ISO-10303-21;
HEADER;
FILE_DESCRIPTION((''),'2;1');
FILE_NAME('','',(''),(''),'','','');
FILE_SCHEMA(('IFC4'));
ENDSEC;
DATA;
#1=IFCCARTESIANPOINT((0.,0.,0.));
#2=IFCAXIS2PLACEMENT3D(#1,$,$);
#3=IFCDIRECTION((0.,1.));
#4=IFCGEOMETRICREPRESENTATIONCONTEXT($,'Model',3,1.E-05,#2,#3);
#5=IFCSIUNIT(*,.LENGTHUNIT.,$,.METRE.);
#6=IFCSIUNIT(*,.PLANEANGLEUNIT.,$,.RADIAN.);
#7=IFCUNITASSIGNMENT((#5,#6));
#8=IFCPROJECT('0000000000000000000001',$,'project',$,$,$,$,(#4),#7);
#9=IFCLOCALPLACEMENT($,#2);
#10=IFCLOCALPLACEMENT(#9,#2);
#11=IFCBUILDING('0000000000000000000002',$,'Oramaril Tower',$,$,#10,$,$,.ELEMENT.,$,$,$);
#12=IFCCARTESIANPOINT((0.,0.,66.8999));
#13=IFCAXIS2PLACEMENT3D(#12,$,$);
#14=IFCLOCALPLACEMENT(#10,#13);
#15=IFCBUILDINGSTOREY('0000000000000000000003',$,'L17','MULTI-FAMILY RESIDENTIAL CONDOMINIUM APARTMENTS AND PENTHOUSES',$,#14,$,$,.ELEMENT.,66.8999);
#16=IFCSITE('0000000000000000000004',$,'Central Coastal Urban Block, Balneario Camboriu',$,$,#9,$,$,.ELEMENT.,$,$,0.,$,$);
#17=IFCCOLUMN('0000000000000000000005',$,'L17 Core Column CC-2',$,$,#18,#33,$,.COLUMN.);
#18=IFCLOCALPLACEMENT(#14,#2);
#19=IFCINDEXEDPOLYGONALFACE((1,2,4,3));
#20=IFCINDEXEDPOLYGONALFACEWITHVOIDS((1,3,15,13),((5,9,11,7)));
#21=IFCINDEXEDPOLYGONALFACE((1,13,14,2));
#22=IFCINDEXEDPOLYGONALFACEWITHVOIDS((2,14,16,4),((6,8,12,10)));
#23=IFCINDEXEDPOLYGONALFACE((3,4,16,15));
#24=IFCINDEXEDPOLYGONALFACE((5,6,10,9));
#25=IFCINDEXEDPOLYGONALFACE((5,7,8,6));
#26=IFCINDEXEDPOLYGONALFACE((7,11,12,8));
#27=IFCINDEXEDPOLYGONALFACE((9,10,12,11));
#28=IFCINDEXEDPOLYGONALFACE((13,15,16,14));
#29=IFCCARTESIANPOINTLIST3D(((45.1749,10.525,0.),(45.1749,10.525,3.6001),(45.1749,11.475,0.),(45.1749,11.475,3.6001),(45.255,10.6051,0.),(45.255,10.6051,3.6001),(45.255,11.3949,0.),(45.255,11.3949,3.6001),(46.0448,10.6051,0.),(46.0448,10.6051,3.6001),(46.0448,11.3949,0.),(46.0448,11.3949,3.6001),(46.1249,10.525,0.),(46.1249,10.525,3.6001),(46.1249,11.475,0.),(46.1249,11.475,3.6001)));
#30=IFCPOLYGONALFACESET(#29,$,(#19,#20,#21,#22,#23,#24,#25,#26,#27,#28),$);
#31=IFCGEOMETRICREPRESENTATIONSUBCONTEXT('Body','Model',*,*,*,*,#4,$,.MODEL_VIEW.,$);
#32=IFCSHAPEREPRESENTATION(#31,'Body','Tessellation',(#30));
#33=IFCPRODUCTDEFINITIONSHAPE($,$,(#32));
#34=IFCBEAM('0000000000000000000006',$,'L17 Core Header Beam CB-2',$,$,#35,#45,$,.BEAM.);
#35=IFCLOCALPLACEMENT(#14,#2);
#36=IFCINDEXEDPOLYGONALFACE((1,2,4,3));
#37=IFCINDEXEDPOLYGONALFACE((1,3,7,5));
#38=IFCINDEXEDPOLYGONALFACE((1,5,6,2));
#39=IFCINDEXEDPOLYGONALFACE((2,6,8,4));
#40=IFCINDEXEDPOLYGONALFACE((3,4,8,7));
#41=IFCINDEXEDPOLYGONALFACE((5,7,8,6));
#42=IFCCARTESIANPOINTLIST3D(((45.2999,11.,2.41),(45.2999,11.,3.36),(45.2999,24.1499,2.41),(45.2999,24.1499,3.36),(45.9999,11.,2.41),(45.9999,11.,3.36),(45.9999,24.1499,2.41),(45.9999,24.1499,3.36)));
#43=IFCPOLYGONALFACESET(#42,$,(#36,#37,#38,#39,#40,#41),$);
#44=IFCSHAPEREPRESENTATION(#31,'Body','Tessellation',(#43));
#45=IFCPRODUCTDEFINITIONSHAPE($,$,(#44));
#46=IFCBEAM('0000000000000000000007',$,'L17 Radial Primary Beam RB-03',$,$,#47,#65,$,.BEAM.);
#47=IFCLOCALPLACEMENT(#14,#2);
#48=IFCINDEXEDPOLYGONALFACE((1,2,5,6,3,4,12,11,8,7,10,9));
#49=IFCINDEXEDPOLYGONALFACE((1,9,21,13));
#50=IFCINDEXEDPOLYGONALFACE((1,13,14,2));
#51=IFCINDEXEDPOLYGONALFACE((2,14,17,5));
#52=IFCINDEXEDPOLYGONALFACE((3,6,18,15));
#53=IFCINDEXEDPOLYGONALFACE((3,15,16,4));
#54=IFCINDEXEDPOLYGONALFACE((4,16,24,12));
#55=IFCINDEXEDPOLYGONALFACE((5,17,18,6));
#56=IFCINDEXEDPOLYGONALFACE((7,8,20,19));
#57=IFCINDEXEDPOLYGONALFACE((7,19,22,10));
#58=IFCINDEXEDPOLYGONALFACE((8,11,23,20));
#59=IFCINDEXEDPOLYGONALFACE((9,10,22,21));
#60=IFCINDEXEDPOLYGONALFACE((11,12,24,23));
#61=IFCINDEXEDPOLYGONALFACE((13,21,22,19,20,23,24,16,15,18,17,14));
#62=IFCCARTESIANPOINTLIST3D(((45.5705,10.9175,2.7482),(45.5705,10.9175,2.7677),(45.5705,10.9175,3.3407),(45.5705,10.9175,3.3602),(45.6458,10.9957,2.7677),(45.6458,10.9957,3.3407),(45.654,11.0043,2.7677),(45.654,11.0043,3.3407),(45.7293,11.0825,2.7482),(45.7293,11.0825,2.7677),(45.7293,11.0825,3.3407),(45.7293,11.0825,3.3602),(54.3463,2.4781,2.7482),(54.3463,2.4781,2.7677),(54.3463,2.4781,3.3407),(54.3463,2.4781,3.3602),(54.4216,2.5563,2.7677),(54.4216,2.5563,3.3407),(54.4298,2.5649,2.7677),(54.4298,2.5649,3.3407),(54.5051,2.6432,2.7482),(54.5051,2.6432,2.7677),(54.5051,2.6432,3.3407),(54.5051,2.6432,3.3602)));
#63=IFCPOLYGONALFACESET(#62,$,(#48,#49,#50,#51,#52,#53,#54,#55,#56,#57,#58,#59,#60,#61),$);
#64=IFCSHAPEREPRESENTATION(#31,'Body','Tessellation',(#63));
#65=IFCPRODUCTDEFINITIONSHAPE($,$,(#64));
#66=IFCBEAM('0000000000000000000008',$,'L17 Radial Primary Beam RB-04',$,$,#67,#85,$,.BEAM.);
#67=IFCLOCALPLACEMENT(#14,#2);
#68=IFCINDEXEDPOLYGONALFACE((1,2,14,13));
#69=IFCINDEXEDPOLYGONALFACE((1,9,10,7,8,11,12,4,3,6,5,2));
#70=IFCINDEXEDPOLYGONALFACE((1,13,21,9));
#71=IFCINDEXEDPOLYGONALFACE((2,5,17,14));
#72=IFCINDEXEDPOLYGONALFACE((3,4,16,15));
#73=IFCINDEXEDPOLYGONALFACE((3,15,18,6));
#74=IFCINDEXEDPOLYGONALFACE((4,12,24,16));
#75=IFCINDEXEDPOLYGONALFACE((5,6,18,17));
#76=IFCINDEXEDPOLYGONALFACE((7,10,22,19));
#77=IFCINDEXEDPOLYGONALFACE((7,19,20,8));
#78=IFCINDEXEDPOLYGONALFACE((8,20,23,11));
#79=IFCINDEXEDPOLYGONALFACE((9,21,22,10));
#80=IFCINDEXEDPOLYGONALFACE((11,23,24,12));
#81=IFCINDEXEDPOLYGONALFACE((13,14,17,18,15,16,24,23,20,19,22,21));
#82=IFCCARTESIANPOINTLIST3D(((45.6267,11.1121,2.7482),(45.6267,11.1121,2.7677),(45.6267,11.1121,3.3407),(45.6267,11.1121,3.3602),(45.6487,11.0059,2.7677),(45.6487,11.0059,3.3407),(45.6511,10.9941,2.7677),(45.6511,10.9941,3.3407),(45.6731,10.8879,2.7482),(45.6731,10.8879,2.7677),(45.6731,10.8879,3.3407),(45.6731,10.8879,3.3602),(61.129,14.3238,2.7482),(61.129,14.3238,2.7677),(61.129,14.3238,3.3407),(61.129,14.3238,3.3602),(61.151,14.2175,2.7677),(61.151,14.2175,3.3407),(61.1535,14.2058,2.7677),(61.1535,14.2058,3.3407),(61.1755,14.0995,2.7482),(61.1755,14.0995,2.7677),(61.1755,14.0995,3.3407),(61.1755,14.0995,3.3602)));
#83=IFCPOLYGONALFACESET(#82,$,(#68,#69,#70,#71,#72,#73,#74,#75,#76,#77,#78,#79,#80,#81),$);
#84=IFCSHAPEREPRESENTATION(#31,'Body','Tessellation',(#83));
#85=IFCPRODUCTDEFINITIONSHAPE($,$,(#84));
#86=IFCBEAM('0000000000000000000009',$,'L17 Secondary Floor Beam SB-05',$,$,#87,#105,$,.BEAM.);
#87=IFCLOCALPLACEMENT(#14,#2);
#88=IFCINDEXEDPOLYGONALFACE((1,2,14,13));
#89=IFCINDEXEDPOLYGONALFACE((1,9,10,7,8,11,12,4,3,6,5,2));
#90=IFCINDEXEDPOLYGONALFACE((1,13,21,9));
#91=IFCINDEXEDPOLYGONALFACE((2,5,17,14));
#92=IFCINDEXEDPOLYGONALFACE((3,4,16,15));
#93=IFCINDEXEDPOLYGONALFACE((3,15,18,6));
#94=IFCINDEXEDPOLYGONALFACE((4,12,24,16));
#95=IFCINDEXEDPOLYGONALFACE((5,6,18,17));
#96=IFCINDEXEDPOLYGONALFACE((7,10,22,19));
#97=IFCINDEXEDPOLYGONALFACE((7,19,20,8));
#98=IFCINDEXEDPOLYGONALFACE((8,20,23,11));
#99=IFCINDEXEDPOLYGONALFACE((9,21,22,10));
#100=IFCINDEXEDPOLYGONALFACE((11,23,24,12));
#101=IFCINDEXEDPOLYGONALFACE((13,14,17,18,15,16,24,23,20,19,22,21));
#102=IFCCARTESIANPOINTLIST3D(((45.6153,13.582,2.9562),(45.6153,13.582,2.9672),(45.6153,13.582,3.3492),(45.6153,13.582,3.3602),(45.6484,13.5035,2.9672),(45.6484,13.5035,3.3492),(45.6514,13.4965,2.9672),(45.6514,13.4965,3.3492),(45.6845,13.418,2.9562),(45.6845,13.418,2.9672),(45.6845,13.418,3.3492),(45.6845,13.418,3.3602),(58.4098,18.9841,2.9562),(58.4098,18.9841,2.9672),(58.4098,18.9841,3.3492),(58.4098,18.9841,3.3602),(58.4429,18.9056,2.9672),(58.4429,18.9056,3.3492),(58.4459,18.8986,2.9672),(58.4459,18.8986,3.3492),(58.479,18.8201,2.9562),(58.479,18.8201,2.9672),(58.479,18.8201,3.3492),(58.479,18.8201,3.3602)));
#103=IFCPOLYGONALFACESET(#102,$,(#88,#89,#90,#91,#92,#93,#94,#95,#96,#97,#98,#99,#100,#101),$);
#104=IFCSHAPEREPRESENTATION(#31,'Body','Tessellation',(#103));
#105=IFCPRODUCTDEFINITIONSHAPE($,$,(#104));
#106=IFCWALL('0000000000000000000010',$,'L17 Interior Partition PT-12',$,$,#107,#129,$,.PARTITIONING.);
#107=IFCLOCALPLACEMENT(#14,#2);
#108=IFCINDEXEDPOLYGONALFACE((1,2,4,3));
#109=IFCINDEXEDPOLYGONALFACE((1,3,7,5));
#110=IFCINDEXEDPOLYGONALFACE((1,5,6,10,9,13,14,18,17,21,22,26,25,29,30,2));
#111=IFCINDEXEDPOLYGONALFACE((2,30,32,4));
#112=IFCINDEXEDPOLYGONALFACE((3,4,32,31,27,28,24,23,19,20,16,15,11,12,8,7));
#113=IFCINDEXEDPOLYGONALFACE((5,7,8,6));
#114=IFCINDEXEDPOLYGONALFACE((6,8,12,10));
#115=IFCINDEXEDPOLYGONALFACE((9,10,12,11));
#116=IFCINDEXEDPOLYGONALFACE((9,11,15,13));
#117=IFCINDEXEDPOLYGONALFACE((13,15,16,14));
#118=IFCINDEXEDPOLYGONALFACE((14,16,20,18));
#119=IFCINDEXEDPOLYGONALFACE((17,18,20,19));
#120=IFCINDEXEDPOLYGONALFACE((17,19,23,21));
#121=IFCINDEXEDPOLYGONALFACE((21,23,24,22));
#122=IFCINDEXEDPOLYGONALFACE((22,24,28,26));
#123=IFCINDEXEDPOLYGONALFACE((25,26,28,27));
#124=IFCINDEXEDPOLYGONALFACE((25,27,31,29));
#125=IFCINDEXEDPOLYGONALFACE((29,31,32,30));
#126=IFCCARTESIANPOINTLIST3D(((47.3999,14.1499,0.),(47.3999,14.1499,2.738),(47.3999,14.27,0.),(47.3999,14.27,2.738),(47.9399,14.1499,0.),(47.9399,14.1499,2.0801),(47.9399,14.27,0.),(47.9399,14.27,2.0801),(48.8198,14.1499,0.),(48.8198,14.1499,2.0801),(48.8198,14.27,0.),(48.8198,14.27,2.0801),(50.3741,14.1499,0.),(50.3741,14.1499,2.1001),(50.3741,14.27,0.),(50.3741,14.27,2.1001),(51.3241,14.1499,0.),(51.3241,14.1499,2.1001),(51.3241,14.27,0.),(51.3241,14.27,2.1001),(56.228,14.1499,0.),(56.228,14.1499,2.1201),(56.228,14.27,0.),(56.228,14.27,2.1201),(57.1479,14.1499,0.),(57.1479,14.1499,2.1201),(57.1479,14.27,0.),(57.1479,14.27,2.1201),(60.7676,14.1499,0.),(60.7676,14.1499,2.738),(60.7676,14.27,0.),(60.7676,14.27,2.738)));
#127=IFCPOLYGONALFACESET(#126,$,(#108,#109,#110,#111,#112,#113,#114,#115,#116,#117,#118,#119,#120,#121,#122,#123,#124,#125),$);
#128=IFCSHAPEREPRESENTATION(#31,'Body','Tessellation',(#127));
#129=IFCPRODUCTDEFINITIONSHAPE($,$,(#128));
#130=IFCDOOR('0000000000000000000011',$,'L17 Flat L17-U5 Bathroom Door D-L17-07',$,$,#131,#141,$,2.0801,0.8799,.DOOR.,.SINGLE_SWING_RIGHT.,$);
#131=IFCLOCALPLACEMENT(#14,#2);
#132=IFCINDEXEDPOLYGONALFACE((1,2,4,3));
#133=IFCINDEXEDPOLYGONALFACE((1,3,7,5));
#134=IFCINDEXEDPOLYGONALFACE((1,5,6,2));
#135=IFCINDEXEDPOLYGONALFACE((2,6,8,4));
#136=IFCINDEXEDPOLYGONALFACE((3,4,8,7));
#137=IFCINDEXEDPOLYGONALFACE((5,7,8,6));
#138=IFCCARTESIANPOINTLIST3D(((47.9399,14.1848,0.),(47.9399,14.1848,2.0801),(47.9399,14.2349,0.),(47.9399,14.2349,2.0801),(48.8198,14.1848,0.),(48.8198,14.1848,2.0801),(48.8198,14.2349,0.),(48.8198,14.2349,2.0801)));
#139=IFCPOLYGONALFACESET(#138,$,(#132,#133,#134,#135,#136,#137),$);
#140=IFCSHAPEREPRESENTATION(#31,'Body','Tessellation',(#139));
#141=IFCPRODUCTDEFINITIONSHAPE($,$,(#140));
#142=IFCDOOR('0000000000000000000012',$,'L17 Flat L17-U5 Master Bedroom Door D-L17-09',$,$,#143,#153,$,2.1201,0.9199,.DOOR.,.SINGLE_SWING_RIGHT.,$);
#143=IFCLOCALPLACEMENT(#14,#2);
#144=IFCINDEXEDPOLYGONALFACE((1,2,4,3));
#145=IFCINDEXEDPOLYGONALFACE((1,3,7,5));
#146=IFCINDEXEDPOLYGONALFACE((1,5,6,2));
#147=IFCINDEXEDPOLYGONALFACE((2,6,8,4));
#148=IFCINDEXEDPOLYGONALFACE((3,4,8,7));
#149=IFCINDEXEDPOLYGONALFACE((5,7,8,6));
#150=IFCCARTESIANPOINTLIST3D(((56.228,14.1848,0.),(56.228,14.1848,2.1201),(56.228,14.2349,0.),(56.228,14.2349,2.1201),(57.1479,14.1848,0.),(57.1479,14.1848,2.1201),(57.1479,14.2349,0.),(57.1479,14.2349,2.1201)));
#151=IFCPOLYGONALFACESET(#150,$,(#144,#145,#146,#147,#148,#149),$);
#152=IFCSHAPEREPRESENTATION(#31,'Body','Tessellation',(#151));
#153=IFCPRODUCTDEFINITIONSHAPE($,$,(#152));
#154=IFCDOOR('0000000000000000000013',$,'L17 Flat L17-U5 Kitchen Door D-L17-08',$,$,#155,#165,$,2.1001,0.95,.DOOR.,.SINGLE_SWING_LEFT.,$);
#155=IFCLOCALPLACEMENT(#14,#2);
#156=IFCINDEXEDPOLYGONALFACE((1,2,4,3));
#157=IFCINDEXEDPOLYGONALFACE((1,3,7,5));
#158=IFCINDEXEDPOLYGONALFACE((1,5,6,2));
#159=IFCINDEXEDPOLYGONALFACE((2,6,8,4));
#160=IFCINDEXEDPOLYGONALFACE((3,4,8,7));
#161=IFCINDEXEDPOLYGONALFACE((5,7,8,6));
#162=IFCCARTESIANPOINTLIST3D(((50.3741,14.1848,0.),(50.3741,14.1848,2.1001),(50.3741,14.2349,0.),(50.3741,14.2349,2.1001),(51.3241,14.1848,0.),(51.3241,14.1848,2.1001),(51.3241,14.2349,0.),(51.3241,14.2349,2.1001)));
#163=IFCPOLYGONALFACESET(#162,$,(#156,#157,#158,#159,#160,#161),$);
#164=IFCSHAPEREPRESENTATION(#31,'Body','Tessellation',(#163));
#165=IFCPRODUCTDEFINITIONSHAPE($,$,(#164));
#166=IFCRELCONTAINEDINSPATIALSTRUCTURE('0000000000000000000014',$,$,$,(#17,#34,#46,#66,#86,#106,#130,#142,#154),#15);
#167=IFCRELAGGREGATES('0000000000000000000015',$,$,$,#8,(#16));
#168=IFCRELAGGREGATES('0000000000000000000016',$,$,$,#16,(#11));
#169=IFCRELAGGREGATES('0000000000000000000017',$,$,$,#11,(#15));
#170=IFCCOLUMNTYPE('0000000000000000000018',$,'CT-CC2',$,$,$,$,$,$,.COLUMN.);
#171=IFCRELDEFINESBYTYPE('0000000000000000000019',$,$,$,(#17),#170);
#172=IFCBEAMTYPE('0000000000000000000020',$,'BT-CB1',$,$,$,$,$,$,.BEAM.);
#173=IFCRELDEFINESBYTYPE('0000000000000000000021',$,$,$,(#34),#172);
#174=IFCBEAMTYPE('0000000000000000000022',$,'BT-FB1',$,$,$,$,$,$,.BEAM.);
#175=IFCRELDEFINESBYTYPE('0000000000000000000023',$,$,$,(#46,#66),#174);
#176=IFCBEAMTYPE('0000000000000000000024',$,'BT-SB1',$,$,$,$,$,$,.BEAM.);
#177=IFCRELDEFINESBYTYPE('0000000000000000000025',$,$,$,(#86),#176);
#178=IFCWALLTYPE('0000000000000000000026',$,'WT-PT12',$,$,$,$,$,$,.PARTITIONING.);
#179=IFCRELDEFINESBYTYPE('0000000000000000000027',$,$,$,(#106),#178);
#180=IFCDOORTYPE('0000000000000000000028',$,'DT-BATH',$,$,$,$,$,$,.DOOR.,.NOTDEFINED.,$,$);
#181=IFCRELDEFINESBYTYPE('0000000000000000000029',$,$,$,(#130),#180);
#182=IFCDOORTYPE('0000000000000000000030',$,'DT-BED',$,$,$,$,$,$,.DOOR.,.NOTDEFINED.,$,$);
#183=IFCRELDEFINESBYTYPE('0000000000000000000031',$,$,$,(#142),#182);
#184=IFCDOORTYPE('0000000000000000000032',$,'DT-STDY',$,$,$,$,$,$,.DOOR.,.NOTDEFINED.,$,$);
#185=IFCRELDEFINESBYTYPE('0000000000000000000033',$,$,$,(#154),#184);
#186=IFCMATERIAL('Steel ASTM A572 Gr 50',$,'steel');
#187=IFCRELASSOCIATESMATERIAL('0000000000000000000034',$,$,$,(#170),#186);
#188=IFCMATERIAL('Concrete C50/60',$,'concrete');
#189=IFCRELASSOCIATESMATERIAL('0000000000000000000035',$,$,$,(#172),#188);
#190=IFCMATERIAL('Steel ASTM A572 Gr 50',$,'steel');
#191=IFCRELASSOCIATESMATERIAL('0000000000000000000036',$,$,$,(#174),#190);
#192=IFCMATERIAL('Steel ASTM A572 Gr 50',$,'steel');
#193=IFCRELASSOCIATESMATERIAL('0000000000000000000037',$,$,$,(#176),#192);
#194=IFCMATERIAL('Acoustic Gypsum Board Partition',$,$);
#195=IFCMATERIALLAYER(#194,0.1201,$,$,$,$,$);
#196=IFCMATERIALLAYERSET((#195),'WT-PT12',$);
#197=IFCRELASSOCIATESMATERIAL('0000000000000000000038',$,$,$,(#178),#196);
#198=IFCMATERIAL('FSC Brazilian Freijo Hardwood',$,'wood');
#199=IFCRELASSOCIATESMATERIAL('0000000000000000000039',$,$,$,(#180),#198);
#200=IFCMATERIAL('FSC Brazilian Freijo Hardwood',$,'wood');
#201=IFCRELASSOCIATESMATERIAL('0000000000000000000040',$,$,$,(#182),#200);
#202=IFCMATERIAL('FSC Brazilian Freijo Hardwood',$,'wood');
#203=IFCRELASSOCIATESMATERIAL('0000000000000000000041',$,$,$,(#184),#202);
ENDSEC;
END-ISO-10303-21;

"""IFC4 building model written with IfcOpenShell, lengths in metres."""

from ifc_helpers import new_model, si_unit, direction, frame, frame_2d, origin, origin_2d, place, context, subcontext, project, spatial, rectangle, hollow_rectangle, i_section, extrude, material, layer, layer_set, material_profile, profile_set, type_object, element, fill, save


model = new_model("IFC4")

# Units and contexts
model_context = context("Model", 3, precision=1e-05, world=origin(), true_north=direction((0.0, 1.0)))
body_context = subcontext(model_context, "Body", "Model", "MODEL_VIEW")
ifc_project = project(units=[si_unit("LENGTHUNIT", "METRE"), si_unit("PLANEANGLEUNIT", "RADIAN")], contexts=[model_context])

# Site, building, storey
site_placement = place(None, origin())
site = spatial("IfcSite", under=ifc_project, at=site_placement, Name="Central Coastal Urban Block, Balneario Camboriu", CompositionType="ELEMENT", RefElevation=0.0)
building_placement = place(site_placement, origin())
building = spatial("IfcBuilding", under=site, at=building_placement, Name="Oramaril Tower", CompositionType="ELEMENT")
storey_placement = place(building_placement, frame((0.0, 0.0, 66.8999)))
storey = spatial("IfcBuildingStorey", under=building, at=storey_placement, Name="L17", Description="MULTI-FAMILY RESIDENTIAL CONDOMINIUM APARTMENTS AND PENTHOUSES", CompositionType="ELEMENT", Elevation=66.8999)

# Column
ifc_material_1 = material(Name="Steel ASTM A572 Gr 50", Category="steel")
ifc_material_profile_1 = material_profile(ifc_material_1, hollow_rectangle(XDim=0.95, YDim=0.95, WallThickness=0.0801, at=origin_2d()), Name="BOX950X950X80")
ifc_profile_set_1 = profile_set([ifc_material_profile_1], Name="Steel ASTM A572 Gr 50")
column_type = type_object("IfcColumnType", Name="CT-CC2", PredefinedType="COLUMN", material=ifc_profile_set_1)
column_placement = place(storey_placement, frame((45.6499, 11.0, 0.0), z_axis=(0.0, 0.0, 1.0), x_axis=(1.0, 0.0, 0.0)))
element("IfcColumn", 1, at=column_placement, inside=storey, type_object=column_type, Name="L17 Core Column CC-2", PredefinedType="COLUMN", context=body_context, shape_type="SweptSolid", body=[
    extrude(hollow_rectangle(XDim=0.95, YDim=0.95, WallThickness=0.0801, at=origin_2d()), origin(), (0.0, 0.0, 1.0), 3.6001),
])

# Beams
ifc_material_2 = material(Name="Concrete C50/60", Category="concrete")
ifc_material_profile_2 = material_profile(ifc_material_2, rectangle(XDim=0.7, YDim=0.95, at=origin_2d()), Name="CB700X950")
ifc_profile_set_2 = profile_set([ifc_material_profile_2], Name="Concrete C50/60")
beam_type_1 = type_object("IfcBeamType", Name="BT-CB1", PredefinedType="BEAM", material=ifc_profile_set_2)
beam_1_placement = place(storey_placement, frame((45.6499, 11.0, 2.885), z_axis=(0.0, 1.0, 0.0), x_axis=(-1.0, 0.0, 0.0)))
element("IfcBeam", 2, at=beam_1_placement, inside=storey, type_object=beam_type_1, Name="L17 Core Header Beam CB-2", PredefinedType="BEAM", context=body_context, shape_type="SweptSolid", body=[
    extrude(rectangle(XDim=0.7, YDim=0.95, at=origin_2d()), origin(), (0.0, 0.0, 1.0), 13.1499),
])
ifc_material_3 = material(Name="Steel ASTM A572 Gr 50", Category="steel")
ifc_material_profile_3 = material_profile(ifc_material_3, i_section(OverallWidth=0.229, OverallDepth=0.6121, WebThickness=0.012, FlangeThickness=0.0195, at=origin_2d()), Name="W24X84")
ifc_profile_set_3 = profile_set([ifc_material_profile_3], Name="Steel ASTM A572 Gr 50")
beam_type_2 = type_object("IfcBeamType", Name="BT-FB1", PredefinedType="BEAM", material=ifc_profile_set_3)
beam_2_placement = place(storey_placement, frame((45.6499, 11.0, 3.0542), z_axis=(0.720788, -0.693156, 0.0), x_axis=(0.693156, 0.720788, 0.0)))
element("IfcBeam", 3, at=beam_2_placement, inside=storey, type_object=beam_type_2, Name="L17 Radial Primary Beam RB-03", PredefinedType="BEAM", context=body_context, shape_type="SweptSolid", body=[
    extrude(i_section(OverallWidth=0.229, OverallDepth=0.6121, WebThickness=0.012, FlangeThickness=0.0195, at=origin_2d()), origin(), (0.0, 0.0, 1.0), 12.1753),
])
beam_3_placement = place(storey_placement, frame((45.6499, 11.0, 3.0542), z_axis=(0.979207, 0.202864, 0.0), x_axis=(-0.202864, 0.979207, 0.0)))
element("IfcBeam", 4, at=beam_3_placement, inside=storey, type_object=beam_type_2, Name="L17 Radial Primary Beam RB-04", PredefinedType="BEAM", context=body_context, shape_type="SweptSolid", body=[
    extrude(i_section(OverallWidth=0.229, OverallDepth=0.6121, WebThickness=0.012, FlangeThickness=0.0195, at=origin_2d()), origin(), (0.0, 0.0, 1.0), 15.8315),
])
ifc_material_4 = material(Name="Steel ASTM A572 Gr 50", Category="steel")
ifc_material_profile_4 = material_profile(ifc_material_4, i_section(OverallWidth=0.178, OverallDepth=0.4041, WebThickness=0.0076, FlangeThickness=0.011, at=origin_2d()), Name="W16X36")
ifc_profile_set_4 = profile_set([ifc_material_profile_4], Name="Steel ASTM A572 Gr 50")
beam_type_3 = type_object("IfcBeamType", Name="BT-SB1", PredefinedType="BEAM", material=ifc_profile_set_4)
beam_4_placement = place(storey_placement, frame((45.6499, 13.5, 3.1582), z_axis=(0.921249, 0.388972, 0.0), x_axis=(-0.388972, 0.921249, 0.0)))
element("IfcBeam", 5, at=beam_4_placement, inside=storey, type_object=beam_type_3, Name="L17 Secondary Floor Beam SB-05", PredefinedType="BEAM", context=body_context, shape_type="SweptSolid", body=[
    extrude(i_section(OverallWidth=0.178, OverallDepth=0.4041, WebThickness=0.0076, FlangeThickness=0.011, at=origin_2d()), origin(), (0.0, 0.0, 1.0), 13.8882),
])

# Wall, openings, doors
ifc_material_5 = material(Name="Acoustic Gypsum Board Partition")
ifc_layer_1 = layer(ifc_material_5, 0.1201)
ifc_layer_set_1 = layer_set([ifc_layer_1], Name="WT-PT12")
wall_type_1 = type_object("IfcWallType", Name="WT-PT12", PredefinedType="PARTITIONING", material=ifc_layer_set_1)
wall_1_placement = place(storey_placement, frame((47.3999, 14.21, 0.0), z_axis=(0.0, 0.0, 1.0), x_axis=(1.0, 0.0, 0.0)))
wall_1 = element("IfcWall", 6, at=wall_1_placement, inside=storey, type_object=wall_type_1, Name="L17 Interior Partition PT-12", PredefinedType="PARTITIONING", context=body_context, shape_type="SweptSolid", body=[
    extrude(rectangle(XDim=13.3677, YDim=0.1201, at=frame_2d((6.6838, 0.0))), origin(), (0.0, 0.0, 1.0), 2.738),
])
opening_1_placement = place(wall_1_placement, frame((0.54, 0.0, 0.0)))
opening_1 = element("IfcOpeningElement", 7, at=opening_1_placement, cuts=wall_1, PredefinedType="OPENING", context=body_context, shape_type="SweptSolid", body=[
    extrude(rectangle(XDim=0.8799, YDim=2.0801, at=frame_2d((0.4399, 1.04))), frame((0.0, 0.0601, 0.0), z_axis=(0.0, -1.0, 0.0), x_axis=(1.0, 0.0, 0.0)), (0.0, 0.0, 1.0), 0.1201),
])
opening_2_placement = place(wall_1_placement, frame((2.9741, 0.0, 0.0)))
opening_2 = element("IfcOpeningElement", 8, at=opening_2_placement, cuts=wall_1, PredefinedType="OPENING", context=body_context, shape_type="SweptSolid", body=[
    extrude(rectangle(XDim=0.95, YDim=2.1001, at=frame_2d((0.4751, 1.05))), frame((0.0, 0.0601, 0.0), z_axis=(0.0, -1.0, 0.0), x_axis=(1.0, 0.0, 0.0)), (0.0, 0.0, 1.0), 0.1201),
])
opening_3_placement = place(wall_1_placement, frame((8.8281, 0.0, 0.0)))
opening_3 = element("IfcOpeningElement", 9, at=opening_3_placement, cuts=wall_1, PredefinedType="OPENING", context=body_context, shape_type="SweptSolid", body=[
    extrude(rectangle(XDim=0.9199, YDim=2.1201, at=frame_2d((0.46, 1.0601))), frame((0.0, 0.0601, 0.0), z_axis=(0.0, -1.0, 0.0), x_axis=(1.0, 0.0, 0.0)), (0.0, 0.0, 1.0), 0.1201),
])
ifc_material_6 = material(Name="FSC Brazilian Freijo Hardwood", Category="wood")
door_type_1 = type_object("IfcDoorType", Name="DT-BATH", OperationType="NOTDEFINED", PredefinedType="DOOR", material=ifc_material_6)
door_1_placement = place(opening_1_placement, origin())
door_1 = element("IfcDoor", 10, at=door_1_placement, inside=storey, type_object=door_type_1, Name="L17 Flat L17-U5 Bathroom Door D-L17-07", OperationType="SINGLE_SWING_RIGHT", OverallHeight=2.0801, OverallWidth=0.8799, PredefinedType="DOOR", context=body_context, shape_type="SweptSolid", body=[
    extrude(rectangle(XDim=0.8799, YDim=2.0801, at=frame_2d((0.4399, 1.04))), frame((0.0, 0.0249, 0.0), z_axis=(0.0, -1.0, 0.0), x_axis=(1.0, 0.0, 0.0)), (0.0, 0.0, 1.0), 0.05),
])
fill(opening_1, door_1)
ifc_material_7 = material(Name="FSC Brazilian Freijo Hardwood", Category="wood")
door_type_2 = type_object("IfcDoorType", Name="DT-BED", OperationType="NOTDEFINED", PredefinedType="DOOR", material=ifc_material_7)
door_2_placement = place(opening_3_placement, origin())
door_2 = element("IfcDoor", 11, at=door_2_placement, inside=storey, type_object=door_type_2, Name="L17 Flat L17-U5 Master Bedroom Door D-L17-09", OperationType="SINGLE_SWING_RIGHT", OverallHeight=2.1201, OverallWidth=0.9199, PredefinedType="DOOR", context=body_context, shape_type="SweptSolid", body=[
    extrude(rectangle(XDim=0.9199, YDim=2.1201, at=frame_2d((0.46, 1.0601))), frame((0.0, 0.0249, 0.0), z_axis=(0.0, -1.0, 0.0), x_axis=(1.0, 0.0, 0.0)), (0.0, 0.0, 1.0), 0.05),
])
fill(opening_3, door_2)
ifc_material_8 = material(Name="FSC Brazilian Freijo Hardwood", Category="wood")
door_type_3 = type_object("IfcDoorType", Name="DT-STDY", OperationType="NOTDEFINED", PredefinedType="DOOR", material=ifc_material_8)
door_3_placement = place(opening_2_placement, origin())
door_3 = element("IfcDoor", 12, at=door_3_placement, inside=storey, type_object=door_type_3, Name="L17 Flat L17-U5 Kitchen Door D-L17-08", OperationType="SINGLE_SWING_LEFT", OverallHeight=2.1001, OverallWidth=0.95, PredefinedType="DOOR", context=body_context, shape_type="SweptSolid", body=[
    extrude(rectangle(XDim=0.95, YDim=2.1001, at=frame_2d((0.4751, 1.05))), frame((0.0, 0.0249, 0.0), z_axis=(0.0, -1.0, 0.0), x_axis=(1.0, 0.0, 0.0)), (0.0, 0.0, 1.0), 0.05),
])
fill(opening_2, door_3)

save(model, "model.ifc")
